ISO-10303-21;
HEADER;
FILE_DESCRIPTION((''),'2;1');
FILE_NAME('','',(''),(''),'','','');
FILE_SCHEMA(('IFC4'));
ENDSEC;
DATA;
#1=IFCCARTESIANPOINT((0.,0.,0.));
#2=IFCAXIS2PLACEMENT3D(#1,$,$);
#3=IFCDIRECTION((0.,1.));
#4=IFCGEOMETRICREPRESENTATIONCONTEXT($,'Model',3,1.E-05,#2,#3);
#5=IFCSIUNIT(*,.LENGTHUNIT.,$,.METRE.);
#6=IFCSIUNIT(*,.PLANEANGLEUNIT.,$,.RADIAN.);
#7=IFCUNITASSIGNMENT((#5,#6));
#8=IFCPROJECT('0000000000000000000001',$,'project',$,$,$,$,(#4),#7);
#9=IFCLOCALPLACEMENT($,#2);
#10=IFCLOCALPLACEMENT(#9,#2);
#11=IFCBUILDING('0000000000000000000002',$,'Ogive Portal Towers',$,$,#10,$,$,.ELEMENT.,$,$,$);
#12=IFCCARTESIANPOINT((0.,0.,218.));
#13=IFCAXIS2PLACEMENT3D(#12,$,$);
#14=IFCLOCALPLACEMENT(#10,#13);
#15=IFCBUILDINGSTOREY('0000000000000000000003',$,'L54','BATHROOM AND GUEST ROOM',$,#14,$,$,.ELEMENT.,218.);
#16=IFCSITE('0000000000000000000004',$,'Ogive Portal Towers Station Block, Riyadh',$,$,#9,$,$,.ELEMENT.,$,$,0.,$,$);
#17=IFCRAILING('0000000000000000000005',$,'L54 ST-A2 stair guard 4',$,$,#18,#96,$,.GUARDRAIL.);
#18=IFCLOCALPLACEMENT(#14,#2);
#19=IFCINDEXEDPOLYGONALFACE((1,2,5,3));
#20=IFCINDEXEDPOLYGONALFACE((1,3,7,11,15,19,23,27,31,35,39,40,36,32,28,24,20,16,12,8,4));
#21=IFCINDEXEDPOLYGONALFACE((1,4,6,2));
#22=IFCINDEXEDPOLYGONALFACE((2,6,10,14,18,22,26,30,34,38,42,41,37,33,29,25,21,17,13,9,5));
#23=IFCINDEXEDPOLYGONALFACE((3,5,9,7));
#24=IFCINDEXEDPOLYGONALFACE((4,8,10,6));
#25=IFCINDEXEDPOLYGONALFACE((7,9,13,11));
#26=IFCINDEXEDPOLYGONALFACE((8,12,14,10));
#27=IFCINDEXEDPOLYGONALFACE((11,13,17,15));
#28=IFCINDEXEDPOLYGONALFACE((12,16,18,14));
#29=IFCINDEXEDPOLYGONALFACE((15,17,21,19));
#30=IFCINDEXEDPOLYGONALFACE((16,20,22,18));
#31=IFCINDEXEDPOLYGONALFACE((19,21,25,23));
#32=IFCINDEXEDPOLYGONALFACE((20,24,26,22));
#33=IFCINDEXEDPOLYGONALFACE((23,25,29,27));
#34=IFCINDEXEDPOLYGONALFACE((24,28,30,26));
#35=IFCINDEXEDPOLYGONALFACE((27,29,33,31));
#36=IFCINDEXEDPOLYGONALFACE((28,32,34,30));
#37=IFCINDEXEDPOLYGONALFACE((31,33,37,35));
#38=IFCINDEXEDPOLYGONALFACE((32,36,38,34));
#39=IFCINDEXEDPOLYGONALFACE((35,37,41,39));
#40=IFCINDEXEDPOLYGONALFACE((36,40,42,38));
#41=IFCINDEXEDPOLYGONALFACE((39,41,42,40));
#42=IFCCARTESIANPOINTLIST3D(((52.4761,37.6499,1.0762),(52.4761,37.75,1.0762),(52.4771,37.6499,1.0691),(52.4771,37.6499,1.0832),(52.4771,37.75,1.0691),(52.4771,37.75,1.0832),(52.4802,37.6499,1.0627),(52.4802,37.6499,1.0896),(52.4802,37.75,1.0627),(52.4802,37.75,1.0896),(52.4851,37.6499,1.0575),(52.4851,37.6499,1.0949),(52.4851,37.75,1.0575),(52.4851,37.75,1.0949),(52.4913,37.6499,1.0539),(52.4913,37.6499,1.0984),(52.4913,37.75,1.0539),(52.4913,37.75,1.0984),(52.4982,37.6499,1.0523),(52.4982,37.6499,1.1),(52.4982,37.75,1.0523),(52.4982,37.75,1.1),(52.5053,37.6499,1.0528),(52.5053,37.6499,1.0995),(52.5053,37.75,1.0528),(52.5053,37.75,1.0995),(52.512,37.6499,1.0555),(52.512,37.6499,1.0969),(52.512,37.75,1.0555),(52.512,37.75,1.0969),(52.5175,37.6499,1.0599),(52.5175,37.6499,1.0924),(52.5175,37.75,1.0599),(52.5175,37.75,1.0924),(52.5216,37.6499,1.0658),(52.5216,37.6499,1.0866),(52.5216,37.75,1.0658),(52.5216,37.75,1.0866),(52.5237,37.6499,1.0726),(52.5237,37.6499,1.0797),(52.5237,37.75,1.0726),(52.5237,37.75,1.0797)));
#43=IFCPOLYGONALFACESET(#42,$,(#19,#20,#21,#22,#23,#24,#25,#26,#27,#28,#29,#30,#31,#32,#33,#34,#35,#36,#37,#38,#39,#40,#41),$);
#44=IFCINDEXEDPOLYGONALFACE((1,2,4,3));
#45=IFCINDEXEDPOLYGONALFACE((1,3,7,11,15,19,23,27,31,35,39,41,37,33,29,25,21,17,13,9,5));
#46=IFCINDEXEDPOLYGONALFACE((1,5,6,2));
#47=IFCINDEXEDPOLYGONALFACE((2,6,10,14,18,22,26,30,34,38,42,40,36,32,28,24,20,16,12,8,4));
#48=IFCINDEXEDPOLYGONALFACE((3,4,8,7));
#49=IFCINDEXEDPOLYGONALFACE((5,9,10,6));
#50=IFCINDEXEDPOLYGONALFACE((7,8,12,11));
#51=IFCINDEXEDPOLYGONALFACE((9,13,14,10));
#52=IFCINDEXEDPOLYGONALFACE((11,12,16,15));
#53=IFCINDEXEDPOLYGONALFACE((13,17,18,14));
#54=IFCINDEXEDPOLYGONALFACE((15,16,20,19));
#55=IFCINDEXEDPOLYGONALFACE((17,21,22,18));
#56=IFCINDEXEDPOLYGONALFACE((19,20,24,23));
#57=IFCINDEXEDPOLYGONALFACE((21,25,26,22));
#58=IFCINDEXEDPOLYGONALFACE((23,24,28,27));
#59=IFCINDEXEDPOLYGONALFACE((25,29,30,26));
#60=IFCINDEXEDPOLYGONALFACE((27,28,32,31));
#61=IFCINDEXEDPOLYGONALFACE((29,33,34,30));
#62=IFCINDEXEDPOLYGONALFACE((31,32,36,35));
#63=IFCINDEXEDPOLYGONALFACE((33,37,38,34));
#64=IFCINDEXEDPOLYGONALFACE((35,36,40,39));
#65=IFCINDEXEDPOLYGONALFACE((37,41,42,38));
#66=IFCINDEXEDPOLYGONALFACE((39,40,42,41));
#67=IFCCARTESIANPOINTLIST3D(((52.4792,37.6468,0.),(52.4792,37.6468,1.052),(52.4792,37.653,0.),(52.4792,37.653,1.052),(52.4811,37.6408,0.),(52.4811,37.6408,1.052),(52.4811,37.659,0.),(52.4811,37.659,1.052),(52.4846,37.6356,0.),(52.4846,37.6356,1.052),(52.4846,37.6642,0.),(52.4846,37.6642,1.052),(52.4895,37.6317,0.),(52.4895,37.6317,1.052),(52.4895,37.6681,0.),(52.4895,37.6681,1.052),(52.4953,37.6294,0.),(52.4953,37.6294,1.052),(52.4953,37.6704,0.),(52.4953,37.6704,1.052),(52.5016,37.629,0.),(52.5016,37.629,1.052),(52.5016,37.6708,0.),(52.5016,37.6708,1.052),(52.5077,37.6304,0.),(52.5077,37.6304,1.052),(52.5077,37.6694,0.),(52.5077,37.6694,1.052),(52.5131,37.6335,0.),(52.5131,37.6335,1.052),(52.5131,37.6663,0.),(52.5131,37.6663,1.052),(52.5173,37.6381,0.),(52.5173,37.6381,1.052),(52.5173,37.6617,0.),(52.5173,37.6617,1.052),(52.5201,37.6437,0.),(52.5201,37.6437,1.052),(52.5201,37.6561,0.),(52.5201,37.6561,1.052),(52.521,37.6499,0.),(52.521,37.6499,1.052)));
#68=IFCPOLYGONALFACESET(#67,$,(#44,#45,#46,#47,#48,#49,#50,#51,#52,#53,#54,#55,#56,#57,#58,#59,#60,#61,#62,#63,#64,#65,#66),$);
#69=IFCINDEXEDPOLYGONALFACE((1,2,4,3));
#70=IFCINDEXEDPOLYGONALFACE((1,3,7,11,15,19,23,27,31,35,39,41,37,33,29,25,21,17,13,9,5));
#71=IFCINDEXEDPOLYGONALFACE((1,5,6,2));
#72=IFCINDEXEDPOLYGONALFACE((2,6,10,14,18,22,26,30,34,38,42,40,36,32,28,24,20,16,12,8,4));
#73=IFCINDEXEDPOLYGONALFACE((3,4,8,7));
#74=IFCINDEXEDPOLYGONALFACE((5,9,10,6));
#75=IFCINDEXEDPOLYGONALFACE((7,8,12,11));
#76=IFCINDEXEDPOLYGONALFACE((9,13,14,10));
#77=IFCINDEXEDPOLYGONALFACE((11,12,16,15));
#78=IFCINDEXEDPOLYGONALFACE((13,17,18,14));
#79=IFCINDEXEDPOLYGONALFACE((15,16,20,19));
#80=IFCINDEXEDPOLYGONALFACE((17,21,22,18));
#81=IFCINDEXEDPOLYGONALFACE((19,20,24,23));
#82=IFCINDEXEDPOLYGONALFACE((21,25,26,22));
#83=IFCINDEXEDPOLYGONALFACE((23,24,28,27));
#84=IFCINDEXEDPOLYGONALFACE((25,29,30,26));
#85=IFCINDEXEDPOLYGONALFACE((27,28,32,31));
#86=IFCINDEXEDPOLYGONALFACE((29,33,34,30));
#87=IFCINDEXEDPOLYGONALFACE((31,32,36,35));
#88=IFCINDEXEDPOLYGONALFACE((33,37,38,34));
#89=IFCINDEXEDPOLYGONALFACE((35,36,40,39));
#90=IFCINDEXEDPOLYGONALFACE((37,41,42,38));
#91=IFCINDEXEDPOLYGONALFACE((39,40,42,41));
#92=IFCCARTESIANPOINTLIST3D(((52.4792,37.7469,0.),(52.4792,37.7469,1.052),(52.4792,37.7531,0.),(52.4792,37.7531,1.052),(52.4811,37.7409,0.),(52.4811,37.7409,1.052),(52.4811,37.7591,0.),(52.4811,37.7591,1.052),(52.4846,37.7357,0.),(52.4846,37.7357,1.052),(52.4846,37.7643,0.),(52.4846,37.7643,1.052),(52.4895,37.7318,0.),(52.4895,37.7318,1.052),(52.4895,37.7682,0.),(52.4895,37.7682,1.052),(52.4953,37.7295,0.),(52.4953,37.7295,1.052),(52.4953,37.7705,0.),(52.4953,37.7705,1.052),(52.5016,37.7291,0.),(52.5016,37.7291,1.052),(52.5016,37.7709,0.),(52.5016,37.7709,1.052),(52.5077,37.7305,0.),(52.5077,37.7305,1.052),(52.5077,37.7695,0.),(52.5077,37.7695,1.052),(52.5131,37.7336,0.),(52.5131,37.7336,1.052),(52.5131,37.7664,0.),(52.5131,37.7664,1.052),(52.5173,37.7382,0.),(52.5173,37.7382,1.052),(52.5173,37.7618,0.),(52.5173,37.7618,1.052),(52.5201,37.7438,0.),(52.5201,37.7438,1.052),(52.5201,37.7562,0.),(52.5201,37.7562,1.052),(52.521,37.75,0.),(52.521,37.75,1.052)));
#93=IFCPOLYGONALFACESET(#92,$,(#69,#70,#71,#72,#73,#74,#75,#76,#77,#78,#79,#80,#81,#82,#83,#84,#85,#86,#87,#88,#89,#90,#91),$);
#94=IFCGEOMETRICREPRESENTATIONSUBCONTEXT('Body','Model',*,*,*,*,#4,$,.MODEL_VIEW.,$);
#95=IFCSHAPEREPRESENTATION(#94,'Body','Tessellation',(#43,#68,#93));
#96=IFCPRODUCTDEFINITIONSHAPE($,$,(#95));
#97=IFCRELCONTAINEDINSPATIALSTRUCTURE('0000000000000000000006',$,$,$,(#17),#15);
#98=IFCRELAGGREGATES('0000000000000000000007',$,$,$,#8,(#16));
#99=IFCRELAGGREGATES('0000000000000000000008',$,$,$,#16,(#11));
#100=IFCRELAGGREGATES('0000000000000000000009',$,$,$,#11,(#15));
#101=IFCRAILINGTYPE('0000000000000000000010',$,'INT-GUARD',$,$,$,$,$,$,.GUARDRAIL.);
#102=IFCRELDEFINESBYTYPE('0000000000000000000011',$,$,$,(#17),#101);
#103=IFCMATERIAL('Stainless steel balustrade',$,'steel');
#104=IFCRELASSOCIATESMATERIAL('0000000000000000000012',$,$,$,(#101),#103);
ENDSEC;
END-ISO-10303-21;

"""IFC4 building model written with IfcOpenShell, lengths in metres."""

from ifc_helpers import new_model, si_unit, direction, frame, origin, origin_2d, place, context, subcontext, project, spatial, circle, extrude, material, type_object, element, save


model = new_model("IFC4")

# Units and contexts
model_context = context("Model", 3, precision=1e-05, world=origin(), true_north=direction((0.0, 1.0)))
body_context = subcontext(model_context, "Body", "Model", "MODEL_VIEW")
ifc_project = project(units=[si_unit("LENGTHUNIT", "METRE"), si_unit("PLANEANGLEUNIT", "RADIAN")], contexts=[model_context])

# Site, building, storey
site_placement = place(None, origin())
site = spatial("IfcSite", under=ifc_project, at=site_placement, Name="Ogive Portal Towers Station Block, Riyadh", CompositionType="ELEMENT", RefElevation=0.0)
building_placement = place(site_placement, origin())
building = spatial("IfcBuilding", under=site, at=building_placement, Name="Ogive Portal Towers", CompositionType="ELEMENT")
storey_placement = place(building_placement, frame((0.0, 0.0, 218.0)))
storey = spatial("IfcBuildingStorey", under=building, at=storey_placement, Name="L54", Description="BATHROOM AND GUEST ROOM", CompositionType="ELEMENT", Elevation=218.0)

# Railing
ifc_material_1 = material(Name="Stainless steel balustrade", Category="steel")
railing_type_1 = type_object("IfcRailingType", Name="INT-GUARD", PredefinedType="GUARDRAIL", material=ifc_material_1)
railing_1_placement = place(storey_placement, frame((52.5, 37.6499, 0.0)))
element("IfcRailing", 1, at=railing_1_placement, inside=storey, type_object=railing_type_1, Name="L54 ST-A2 stair guard 4", PredefinedType="GUARDRAIL", context=body_context, shape_type="SweptSolid", body=[
    extrude(circle(Radius=0.0239, at=origin_2d()), frame((0.0, 0.0, 1.0762), z_axis=(0.0, 1.0, 0.0), x_axis=(-1.0, 0.0, 0.0)), (0.0, 0.0, 1.0), 0.1001),
    extrude(circle(Radius=0.021, at=origin_2d()), origin(), (0.0, 0.0, 1.0), 1.052),
    extrude(circle(Radius=0.021, at=origin_2d()), frame((0.0, 0.1001, 0.0)), (0.0, 0.0, 1.0), 1.052),
])

save(model, "model.ifc")
